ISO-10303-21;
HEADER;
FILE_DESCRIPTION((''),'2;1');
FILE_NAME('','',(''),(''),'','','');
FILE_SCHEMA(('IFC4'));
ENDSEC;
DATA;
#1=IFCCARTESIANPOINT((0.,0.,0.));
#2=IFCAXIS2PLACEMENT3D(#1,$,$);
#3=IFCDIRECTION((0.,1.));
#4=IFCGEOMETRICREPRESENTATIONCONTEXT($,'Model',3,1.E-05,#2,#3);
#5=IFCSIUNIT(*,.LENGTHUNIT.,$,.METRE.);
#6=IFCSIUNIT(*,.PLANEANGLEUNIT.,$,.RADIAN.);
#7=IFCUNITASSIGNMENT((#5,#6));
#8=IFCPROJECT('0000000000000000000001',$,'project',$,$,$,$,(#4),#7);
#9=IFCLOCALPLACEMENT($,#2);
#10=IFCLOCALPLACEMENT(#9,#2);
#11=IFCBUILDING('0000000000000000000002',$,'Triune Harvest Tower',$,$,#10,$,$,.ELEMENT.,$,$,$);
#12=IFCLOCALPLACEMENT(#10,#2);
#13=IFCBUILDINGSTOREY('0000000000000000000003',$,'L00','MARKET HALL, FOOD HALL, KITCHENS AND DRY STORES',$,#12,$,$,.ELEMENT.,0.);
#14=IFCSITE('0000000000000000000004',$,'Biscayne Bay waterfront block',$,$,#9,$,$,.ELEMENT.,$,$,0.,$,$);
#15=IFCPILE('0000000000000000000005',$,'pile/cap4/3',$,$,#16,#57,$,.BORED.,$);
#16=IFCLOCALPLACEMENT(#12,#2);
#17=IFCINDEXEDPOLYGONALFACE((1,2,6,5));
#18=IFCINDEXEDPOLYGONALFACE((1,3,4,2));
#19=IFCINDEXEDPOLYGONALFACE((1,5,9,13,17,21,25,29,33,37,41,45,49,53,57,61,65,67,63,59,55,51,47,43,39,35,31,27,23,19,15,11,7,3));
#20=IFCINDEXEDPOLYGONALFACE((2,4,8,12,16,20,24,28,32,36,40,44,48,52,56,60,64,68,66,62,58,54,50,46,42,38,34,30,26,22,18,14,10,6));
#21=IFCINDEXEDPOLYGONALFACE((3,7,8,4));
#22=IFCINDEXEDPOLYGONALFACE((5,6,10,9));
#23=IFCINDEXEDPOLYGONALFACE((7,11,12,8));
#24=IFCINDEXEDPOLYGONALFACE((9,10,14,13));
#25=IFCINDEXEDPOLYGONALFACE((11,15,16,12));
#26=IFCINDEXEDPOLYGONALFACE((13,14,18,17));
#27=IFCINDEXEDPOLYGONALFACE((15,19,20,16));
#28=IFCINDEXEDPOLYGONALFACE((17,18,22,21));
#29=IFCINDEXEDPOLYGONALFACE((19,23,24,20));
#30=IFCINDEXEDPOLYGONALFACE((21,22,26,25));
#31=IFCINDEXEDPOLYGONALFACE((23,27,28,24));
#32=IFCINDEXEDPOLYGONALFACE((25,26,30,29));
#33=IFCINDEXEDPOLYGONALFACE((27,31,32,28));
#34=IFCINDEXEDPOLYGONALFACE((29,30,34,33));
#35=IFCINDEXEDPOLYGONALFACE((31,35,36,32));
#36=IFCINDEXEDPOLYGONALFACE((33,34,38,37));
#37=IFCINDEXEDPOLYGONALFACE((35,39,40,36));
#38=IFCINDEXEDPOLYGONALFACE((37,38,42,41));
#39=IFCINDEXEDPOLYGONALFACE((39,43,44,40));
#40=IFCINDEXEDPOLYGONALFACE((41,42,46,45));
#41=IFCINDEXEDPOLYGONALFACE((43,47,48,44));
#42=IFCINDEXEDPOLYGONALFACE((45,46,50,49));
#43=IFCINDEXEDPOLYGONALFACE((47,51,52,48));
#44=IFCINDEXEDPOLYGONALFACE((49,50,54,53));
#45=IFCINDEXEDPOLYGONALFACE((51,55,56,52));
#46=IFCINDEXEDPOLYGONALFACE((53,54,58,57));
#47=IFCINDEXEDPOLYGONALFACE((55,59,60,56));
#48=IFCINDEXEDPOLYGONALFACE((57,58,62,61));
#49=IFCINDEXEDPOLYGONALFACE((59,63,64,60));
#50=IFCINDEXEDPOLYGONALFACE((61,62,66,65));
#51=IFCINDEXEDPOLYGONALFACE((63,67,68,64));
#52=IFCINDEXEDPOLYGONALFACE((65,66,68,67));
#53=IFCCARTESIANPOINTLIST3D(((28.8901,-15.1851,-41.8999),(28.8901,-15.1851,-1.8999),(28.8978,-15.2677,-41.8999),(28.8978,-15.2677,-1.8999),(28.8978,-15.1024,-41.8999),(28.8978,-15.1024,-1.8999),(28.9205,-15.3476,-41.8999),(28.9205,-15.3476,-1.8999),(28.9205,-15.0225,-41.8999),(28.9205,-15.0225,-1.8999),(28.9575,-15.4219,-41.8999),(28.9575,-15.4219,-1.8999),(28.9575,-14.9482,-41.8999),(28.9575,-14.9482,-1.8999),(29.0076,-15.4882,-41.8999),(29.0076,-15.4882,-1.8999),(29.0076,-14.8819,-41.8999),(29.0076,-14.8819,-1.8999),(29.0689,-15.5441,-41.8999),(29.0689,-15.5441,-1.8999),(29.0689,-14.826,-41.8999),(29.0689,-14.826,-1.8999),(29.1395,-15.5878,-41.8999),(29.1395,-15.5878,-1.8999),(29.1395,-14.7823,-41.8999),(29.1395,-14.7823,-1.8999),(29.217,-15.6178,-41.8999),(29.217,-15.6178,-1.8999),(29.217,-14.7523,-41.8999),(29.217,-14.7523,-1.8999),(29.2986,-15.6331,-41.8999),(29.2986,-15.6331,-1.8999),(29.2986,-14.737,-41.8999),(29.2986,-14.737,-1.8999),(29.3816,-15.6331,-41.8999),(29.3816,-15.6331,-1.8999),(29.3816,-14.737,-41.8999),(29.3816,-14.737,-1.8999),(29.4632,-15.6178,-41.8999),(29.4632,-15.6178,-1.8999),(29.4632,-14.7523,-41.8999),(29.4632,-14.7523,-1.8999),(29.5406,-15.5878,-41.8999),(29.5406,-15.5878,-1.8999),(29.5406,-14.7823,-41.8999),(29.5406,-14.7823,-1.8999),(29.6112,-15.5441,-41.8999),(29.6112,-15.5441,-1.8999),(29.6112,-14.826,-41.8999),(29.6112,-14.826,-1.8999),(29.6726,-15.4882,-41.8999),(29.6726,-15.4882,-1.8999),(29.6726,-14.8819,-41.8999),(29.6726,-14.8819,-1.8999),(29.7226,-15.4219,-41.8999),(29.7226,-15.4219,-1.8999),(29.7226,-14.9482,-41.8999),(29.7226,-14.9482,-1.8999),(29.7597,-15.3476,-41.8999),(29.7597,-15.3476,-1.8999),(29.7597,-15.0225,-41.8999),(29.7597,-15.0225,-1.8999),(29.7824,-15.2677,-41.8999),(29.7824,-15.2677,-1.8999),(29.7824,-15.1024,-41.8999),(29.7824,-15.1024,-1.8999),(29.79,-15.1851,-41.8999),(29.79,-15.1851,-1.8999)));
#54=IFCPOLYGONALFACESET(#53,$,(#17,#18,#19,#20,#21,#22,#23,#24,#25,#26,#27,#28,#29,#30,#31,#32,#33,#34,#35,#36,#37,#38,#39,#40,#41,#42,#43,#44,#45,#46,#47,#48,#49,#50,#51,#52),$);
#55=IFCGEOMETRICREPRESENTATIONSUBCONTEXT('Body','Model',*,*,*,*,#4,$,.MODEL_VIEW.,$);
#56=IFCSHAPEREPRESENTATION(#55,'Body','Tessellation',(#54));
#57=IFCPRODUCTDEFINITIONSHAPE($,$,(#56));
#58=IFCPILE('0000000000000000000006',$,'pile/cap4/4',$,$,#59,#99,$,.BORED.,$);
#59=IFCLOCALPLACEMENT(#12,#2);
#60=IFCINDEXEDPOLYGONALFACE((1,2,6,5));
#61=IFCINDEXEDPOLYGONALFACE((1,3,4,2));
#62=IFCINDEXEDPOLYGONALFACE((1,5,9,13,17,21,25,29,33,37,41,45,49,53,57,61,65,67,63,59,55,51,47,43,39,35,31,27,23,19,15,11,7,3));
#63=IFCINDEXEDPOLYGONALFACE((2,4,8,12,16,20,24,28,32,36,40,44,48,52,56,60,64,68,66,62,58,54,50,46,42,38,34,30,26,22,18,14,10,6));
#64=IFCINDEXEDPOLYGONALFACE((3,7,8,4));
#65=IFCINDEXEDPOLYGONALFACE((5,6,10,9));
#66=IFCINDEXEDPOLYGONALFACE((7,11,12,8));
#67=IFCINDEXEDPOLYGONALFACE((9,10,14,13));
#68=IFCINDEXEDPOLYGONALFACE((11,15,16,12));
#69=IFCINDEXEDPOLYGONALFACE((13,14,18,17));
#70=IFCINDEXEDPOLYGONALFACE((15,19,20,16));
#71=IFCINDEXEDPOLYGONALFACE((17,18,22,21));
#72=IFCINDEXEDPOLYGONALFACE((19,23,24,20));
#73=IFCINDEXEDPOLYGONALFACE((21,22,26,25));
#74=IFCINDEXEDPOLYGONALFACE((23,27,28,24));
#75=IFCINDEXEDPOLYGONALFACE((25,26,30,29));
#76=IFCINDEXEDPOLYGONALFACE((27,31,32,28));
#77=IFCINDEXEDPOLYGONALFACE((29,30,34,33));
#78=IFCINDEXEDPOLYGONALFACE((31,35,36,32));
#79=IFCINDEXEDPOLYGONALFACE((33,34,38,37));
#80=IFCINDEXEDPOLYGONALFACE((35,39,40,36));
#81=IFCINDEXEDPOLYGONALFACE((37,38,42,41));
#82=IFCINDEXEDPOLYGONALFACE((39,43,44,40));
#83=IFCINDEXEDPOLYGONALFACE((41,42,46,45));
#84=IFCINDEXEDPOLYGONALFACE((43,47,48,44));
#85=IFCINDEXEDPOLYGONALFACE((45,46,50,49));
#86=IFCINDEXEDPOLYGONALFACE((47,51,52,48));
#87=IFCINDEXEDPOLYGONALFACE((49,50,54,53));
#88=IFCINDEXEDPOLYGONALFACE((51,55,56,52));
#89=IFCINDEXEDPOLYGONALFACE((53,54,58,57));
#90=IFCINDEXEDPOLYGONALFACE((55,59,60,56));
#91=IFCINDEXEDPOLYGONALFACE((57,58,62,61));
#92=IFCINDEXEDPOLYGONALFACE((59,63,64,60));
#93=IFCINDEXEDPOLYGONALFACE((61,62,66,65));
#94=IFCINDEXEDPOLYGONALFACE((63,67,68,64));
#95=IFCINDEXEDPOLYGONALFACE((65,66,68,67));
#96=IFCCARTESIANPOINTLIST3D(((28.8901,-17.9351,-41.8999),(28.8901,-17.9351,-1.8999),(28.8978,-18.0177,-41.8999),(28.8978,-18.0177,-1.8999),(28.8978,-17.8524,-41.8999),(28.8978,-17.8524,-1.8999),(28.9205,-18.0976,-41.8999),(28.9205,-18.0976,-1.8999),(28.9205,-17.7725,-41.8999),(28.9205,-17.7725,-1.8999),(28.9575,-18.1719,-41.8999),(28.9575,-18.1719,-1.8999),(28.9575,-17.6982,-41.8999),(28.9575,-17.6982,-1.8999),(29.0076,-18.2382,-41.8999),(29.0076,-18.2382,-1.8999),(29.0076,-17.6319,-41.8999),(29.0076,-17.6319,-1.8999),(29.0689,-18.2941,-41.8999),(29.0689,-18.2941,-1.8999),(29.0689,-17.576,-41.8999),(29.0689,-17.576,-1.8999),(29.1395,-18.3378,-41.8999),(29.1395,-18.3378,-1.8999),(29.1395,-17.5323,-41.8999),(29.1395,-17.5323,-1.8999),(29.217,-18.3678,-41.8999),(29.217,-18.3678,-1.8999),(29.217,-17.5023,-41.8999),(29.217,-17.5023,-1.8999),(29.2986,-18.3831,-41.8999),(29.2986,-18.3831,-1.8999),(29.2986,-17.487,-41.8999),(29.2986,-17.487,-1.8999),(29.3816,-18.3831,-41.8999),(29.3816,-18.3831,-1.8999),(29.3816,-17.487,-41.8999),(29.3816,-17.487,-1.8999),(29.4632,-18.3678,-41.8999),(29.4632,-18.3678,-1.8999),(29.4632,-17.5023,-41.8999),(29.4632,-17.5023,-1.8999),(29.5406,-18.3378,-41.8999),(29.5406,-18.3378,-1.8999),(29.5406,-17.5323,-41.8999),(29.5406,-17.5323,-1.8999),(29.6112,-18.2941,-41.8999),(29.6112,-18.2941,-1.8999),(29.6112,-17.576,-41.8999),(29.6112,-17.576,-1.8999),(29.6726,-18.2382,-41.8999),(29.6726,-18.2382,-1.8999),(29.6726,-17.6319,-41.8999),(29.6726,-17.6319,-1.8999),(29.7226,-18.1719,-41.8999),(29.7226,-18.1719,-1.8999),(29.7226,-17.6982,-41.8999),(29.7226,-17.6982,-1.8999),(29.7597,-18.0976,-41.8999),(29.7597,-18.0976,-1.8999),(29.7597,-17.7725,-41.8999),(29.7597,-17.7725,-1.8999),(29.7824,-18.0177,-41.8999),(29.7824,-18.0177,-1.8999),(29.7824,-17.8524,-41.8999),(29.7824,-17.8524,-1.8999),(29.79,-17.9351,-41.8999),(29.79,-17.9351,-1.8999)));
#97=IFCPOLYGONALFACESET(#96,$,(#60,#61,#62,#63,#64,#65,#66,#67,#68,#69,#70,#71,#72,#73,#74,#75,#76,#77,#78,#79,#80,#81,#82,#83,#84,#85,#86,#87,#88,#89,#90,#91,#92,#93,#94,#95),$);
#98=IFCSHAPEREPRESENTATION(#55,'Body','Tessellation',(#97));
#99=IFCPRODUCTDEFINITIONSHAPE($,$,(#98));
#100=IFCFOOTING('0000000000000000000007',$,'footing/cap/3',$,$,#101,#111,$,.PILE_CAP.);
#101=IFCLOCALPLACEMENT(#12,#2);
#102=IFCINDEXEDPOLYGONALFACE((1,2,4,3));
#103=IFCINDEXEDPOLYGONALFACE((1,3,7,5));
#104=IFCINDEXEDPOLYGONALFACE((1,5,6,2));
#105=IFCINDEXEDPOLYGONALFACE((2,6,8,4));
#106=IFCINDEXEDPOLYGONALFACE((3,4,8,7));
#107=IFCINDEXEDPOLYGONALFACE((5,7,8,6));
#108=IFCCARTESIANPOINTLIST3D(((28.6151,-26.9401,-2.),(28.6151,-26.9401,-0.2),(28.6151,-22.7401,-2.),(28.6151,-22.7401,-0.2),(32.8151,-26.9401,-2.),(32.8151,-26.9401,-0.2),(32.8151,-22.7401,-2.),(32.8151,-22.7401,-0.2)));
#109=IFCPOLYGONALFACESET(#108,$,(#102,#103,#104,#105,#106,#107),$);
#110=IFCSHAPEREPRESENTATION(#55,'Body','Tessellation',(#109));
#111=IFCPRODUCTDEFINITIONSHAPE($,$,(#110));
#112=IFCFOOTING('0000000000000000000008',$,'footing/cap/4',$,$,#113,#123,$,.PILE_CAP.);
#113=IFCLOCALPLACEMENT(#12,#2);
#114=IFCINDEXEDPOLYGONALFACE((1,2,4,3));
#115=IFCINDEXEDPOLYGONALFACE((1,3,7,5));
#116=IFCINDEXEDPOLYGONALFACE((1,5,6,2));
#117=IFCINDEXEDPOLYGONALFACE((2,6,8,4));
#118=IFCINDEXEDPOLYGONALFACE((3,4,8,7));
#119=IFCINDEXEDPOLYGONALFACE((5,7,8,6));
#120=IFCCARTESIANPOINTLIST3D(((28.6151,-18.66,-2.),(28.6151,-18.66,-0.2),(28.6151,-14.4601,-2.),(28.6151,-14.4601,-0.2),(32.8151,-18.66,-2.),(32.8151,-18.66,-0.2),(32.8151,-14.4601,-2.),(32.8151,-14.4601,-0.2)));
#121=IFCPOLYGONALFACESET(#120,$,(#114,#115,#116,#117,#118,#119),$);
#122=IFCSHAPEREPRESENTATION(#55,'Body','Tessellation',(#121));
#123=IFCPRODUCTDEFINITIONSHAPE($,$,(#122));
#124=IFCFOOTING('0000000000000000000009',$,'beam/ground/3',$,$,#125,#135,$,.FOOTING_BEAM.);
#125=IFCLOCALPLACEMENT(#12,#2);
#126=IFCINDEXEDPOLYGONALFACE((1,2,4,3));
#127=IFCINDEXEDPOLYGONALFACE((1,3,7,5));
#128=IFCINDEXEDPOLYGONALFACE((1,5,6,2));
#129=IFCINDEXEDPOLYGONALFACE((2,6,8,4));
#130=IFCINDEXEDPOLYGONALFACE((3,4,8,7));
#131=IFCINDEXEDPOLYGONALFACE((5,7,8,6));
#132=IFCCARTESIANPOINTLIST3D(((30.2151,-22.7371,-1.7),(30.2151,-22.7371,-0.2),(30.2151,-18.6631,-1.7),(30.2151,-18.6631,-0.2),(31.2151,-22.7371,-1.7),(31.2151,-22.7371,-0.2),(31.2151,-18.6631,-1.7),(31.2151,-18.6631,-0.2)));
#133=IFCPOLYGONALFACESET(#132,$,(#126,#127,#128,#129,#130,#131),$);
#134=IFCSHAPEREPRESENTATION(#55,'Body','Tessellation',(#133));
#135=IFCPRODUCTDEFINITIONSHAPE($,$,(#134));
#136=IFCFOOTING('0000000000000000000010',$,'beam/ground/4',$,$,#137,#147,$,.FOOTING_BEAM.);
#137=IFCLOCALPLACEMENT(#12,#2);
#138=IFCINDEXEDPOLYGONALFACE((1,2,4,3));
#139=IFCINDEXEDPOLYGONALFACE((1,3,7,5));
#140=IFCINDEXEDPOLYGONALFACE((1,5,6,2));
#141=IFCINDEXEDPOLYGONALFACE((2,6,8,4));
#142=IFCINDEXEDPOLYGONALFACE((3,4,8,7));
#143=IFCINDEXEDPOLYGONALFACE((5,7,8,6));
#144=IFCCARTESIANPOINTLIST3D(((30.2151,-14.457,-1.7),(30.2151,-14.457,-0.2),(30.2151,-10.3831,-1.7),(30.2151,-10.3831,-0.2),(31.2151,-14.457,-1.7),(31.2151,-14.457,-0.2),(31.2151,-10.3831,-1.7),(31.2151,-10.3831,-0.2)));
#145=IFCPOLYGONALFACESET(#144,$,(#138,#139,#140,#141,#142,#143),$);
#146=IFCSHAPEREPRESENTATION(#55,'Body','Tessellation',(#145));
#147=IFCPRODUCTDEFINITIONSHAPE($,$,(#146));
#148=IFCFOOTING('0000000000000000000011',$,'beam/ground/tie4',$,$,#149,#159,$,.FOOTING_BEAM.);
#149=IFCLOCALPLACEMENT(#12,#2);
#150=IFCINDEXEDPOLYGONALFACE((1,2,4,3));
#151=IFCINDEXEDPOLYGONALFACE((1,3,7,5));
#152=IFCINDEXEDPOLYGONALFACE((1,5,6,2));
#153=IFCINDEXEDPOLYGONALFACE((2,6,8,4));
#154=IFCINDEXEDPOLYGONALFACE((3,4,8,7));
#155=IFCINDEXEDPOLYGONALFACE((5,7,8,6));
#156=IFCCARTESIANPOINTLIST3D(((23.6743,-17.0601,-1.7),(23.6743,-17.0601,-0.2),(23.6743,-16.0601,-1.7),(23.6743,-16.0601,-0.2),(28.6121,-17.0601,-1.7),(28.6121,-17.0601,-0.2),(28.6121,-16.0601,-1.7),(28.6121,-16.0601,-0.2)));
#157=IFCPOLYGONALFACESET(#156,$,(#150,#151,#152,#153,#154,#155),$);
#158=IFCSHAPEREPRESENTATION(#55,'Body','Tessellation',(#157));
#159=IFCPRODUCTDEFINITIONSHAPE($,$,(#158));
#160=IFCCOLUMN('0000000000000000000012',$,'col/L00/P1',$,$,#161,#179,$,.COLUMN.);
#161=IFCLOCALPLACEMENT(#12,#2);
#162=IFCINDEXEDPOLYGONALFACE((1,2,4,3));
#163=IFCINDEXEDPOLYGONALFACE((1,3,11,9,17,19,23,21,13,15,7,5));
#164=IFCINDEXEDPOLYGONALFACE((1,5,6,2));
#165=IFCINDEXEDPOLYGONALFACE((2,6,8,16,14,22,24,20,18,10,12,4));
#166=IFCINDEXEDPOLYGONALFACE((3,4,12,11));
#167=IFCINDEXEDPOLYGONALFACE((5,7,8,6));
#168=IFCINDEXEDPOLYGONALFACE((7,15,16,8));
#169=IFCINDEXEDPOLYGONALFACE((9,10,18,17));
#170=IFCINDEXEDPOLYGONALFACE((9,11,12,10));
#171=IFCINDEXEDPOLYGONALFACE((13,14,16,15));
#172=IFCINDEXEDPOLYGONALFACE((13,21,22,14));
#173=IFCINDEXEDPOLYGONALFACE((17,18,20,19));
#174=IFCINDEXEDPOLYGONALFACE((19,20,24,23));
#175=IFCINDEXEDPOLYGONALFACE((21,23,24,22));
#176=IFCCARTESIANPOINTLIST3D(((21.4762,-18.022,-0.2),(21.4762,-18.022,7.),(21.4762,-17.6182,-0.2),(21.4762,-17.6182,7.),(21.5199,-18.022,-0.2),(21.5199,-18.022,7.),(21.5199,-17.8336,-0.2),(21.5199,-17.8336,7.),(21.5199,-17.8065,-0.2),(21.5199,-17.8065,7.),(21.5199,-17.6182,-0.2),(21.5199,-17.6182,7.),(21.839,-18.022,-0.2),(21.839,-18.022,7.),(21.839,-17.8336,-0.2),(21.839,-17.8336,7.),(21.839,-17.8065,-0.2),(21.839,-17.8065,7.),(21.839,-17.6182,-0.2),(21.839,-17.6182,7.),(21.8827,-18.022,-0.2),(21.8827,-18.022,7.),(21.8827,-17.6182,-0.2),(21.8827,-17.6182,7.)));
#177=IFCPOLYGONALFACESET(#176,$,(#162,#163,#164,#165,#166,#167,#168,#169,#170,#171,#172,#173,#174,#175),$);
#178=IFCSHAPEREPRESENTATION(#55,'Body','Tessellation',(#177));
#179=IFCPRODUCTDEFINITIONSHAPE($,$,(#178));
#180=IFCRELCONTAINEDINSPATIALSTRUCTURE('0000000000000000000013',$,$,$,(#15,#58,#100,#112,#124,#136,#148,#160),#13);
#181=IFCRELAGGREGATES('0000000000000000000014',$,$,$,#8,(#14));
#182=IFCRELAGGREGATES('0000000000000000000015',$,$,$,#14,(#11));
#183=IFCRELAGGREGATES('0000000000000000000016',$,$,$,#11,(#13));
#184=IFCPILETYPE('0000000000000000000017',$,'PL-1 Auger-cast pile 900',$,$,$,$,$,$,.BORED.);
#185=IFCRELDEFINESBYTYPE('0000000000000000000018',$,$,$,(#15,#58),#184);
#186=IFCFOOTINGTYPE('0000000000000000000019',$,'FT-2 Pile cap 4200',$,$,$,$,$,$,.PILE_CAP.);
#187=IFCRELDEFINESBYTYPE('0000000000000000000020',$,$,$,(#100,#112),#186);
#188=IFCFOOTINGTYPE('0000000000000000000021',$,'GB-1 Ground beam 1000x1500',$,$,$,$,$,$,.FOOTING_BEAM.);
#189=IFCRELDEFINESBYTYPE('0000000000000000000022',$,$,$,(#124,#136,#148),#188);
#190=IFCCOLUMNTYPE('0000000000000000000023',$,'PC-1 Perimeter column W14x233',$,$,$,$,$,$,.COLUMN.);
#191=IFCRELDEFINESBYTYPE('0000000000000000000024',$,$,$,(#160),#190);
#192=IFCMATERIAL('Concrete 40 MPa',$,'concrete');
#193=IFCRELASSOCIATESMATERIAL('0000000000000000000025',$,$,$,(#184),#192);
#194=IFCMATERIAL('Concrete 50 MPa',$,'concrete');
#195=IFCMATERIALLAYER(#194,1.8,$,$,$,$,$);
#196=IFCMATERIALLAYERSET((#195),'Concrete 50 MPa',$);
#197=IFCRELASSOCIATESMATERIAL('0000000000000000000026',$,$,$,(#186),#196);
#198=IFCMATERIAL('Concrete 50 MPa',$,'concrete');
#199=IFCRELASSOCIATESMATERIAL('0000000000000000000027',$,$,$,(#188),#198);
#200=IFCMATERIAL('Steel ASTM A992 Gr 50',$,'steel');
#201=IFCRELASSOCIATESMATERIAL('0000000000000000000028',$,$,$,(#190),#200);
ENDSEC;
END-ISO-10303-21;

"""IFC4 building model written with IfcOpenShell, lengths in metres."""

from ifc_helpers import new_model, si_unit, direction, frame, origin, origin_2d, place, context, subcontext, project, spatial, rectangle, circle, i_section, extrude, source, transform, mapped, material, layer, layer_set, material_profile, profile_set, type_object, element, save


model = new_model("IFC4")

# Units and contexts
model_context = context("Model", 3, precision=1e-05, world=origin(), true_north=direction((0.0, 1.0)))
body_context = subcontext(model_context, "Body", "Model", "MODEL_VIEW")
ifc_project = project(units=[si_unit("LENGTHUNIT", "METRE"), si_unit("PLANEANGLEUNIT", "RADIAN")], contexts=[model_context])

# Site, building, storey
site_placement = place(None, origin())
site = spatial("IfcSite", under=ifc_project, at=site_placement, Name="Biscayne Bay waterfront block", CompositionType="ELEMENT", RefElevation=0.0)
building_placement = place(site_placement, origin())
building = spatial("IfcBuilding", under=site, at=building_placement, Name="Triune Harvest Tower", CompositionType="ELEMENT")
storey_placement = place(building_placement, origin())
storey = spatial("IfcBuildingStorey", under=building, at=storey_placement, Name="L00", Description="MARKET HALL, FOOD HALL, KITCHENS AND DRY STORES", CompositionType="ELEMENT", Elevation=0.0)

# Piles
ifc_material_1 = material(Name="Concrete 40 MPa", Category="concrete")
ifc_material_profile_1 = material_profile(ifc_material_1, circle(Radius=0.45, at=origin_2d()), Name="Bored 900")
ifc_profile_set_1 = profile_set([ifc_material_profile_1], Name="Concrete 40 MPa")
pile_type = type_object("IfcPileType", Name="PL-1 Auger-cast pile 900", PredefinedType="BORED", material=ifc_profile_set_1)
shared_shape_1 = source(origin(), body_context, "Body", "SweptSolid", [
    extrude(circle(Radius=0.45, at=origin_2d()), origin(), (0.0, 0.0, 1.0), 40.0),
])
for number, where, z_axis, x_axis, name in (
    (1, (29.3401, -15.1851, -1.8999), (0.0, 0.0, -1.0), (1.0, 0.0, 0.0), "pile/cap4/3"),
    (2, (29.3401, -17.9351, -1.8999), (0.0, 0.0, -1.0), (1.0, 0.0, 0.0), "pile/cap4/4"),
):
    element("IfcPile", number, at=place(storey_placement, frame(where, z_axis=z_axis, x_axis=x_axis)), inside=storey, type_object=pile_type, Name=name, PredefinedType="BORED", context=body_context, shape_type="MappedRepresentation", body=[
        mapped(shared_shape_1, transform((0.0, 0.0, 0.0), scale=1.0)),
    ])

# Footings
ifc_material_2 = material(Name="Concrete 50 MPa", Category="concrete")
ifc_layer_1 = layer(ifc_material_2, 1.8)
ifc_layer_set_1 = layer_set([ifc_layer_1], Name="Concrete 50 MPa")
footing_type_1 = type_object("IfcFootingType", Name="FT-2 Pile cap 4200", PredefinedType="PILE_CAP", material=ifc_layer_set_1)
shared_shape_2 = source(origin(), body_context, "Body", "SweptSolid", [
    extrude(rectangle(XDim=4.2, YDim=4.2, at=origin_2d()), origin(), (0.0, 0.0, 1.0), 1.8),
])
for number, where, z_axis, x_axis, name in (
    (3, (30.7151, -24.8401, -2.0), (0.0, 0.0, 1.0), (0.0, 1.0, 0.0), "footing/cap/3"),
    (4, (30.7151, -16.5601, -2.0), (0.0, 0.0, 1.0), (0.0, 1.0, 0.0), "footing/cap/4"),
):
    element("IfcFooting", number, at=place(storey_placement, frame(where, z_axis=z_axis, x_axis=x_axis)), inside=storey, type_object=footing_type_1, Name=name, PredefinedType="PILE_CAP", context=body_context, shape_type="MappedRepresentation", body=[
        mapped(shared_shape_2, transform((0.0, 0.0, 0.0), scale=1.0)),
    ])
ifc_material_3 = material(Name="Concrete 50 MPa", Category="concrete")
ifc_material_profile_2 = material_profile(ifc_material_3, rectangle(XDim=1.0, YDim=1.5, at=origin_2d()), Name="Concrete 1000x1500")
ifc_profile_set_2 = profile_set([ifc_material_profile_2], Name="Concrete 50 MPa")
footing_type_2 = type_object("IfcFootingType", Name="GB-1 Ground beam 1000x1500", PredefinedType="FOOTING_BEAM", material=ifc_profile_set_2)
shared_shape_3 = source(origin(), body_context, "Body", "SweptSolid", [
    extrude(rectangle(XDim=1.0, YDim=1.5, at=origin_2d()), origin(), (0.0, 0.0, 1.0), 4.074),
])
for number, where, z_axis, x_axis, name in (
    (5, (30.7151, -22.7371, -0.95), (0.0, 1.0, 0.0), (-1.0, 0.0, 0.0), "beam/ground/3"),
    (6, (30.7151, -14.457, -0.95), (0.0, 1.0, 0.0), (-1.0, 0.0, 0.0), "beam/ground/4"),
):
    element("IfcFooting", number, at=place(storey_placement, frame(where, z_axis=z_axis, x_axis=x_axis)), inside=storey, type_object=footing_type_2, Name=name, PredefinedType="FOOTING_BEAM", context=body_context, shape_type="MappedRepresentation", body=[
        mapped(shared_shape_3, transform((0.0, 0.0, 0.0), scale=1.0)),
    ])
shared_shape_4 = source(origin(), body_context, "Body", "SweptSolid", [
    extrude(rectangle(XDim=1.0, YDim=1.5, at=origin_2d()), origin(), (0.0, 0.0, 1.0), 4.9377),
])
footing_placement = place(storey_placement, frame((28.6121, -16.5601, -0.95), z_axis=(-1.0, 0.0, 0.0), x_axis=(0.0, -1.0, 0.0)))
element("IfcFooting", 7, at=footing_placement, inside=storey, type_object=footing_type_2, Name="beam/ground/tie4", PredefinedType="FOOTING_BEAM", context=body_context, shape_type="MappedRepresentation", body=[
    mapped(shared_shape_4, transform((0.0, 0.0, 0.0), scale=1.0)),
])

# Column
ifc_material_4 = material(Name="Steel ASTM A992 Gr 50", Category="steel")
ifc_material_profile_3 = material_profile(ifc_material_4, i_section(OverallWidth=0.4038, OverallDepth=0.4065, WebThickness=0.0271, FlangeThickness=0.0437, at=origin_2d()), Name="W14x233")
ifc_profile_set_3 = profile_set([ifc_material_profile_3], Name="Steel ASTM A992 Gr 50")
column_type_1 = type_object("IfcColumnType", Name="PC-1 Perimeter column W14x233", PredefinedType="COLUMN", material=ifc_profile_set_3)
shared_shape_5 = source(origin(), body_context, "Body", "SweptSolid", [
    extrude(i_section(OverallWidth=0.4038, OverallDepth=0.4065, WebThickness=0.0271, FlangeThickness=0.0437, at=origin_2d()), origin(), (0.0, 0.0, 1.0), 7.2),
])
column_1_placement = place(storey_placement, frame((21.6794, -17.8201, -0.2), z_axis=(0.0, 0.0, 1.0), x_axis=(0.0, 1.0, 0.0)))
element("IfcColumn", 8, at=column_1_placement, inside=storey, type_object=column_type_1, Name="col/L00/P1", PredefinedType="COLUMN", context=body_context, shape_type="MappedRepresentation", body=[
    mapped(shared_shape_5, transform((0.0, 0.0, 0.0), scale=1.0)),
])

save(model, "model.ifc")
